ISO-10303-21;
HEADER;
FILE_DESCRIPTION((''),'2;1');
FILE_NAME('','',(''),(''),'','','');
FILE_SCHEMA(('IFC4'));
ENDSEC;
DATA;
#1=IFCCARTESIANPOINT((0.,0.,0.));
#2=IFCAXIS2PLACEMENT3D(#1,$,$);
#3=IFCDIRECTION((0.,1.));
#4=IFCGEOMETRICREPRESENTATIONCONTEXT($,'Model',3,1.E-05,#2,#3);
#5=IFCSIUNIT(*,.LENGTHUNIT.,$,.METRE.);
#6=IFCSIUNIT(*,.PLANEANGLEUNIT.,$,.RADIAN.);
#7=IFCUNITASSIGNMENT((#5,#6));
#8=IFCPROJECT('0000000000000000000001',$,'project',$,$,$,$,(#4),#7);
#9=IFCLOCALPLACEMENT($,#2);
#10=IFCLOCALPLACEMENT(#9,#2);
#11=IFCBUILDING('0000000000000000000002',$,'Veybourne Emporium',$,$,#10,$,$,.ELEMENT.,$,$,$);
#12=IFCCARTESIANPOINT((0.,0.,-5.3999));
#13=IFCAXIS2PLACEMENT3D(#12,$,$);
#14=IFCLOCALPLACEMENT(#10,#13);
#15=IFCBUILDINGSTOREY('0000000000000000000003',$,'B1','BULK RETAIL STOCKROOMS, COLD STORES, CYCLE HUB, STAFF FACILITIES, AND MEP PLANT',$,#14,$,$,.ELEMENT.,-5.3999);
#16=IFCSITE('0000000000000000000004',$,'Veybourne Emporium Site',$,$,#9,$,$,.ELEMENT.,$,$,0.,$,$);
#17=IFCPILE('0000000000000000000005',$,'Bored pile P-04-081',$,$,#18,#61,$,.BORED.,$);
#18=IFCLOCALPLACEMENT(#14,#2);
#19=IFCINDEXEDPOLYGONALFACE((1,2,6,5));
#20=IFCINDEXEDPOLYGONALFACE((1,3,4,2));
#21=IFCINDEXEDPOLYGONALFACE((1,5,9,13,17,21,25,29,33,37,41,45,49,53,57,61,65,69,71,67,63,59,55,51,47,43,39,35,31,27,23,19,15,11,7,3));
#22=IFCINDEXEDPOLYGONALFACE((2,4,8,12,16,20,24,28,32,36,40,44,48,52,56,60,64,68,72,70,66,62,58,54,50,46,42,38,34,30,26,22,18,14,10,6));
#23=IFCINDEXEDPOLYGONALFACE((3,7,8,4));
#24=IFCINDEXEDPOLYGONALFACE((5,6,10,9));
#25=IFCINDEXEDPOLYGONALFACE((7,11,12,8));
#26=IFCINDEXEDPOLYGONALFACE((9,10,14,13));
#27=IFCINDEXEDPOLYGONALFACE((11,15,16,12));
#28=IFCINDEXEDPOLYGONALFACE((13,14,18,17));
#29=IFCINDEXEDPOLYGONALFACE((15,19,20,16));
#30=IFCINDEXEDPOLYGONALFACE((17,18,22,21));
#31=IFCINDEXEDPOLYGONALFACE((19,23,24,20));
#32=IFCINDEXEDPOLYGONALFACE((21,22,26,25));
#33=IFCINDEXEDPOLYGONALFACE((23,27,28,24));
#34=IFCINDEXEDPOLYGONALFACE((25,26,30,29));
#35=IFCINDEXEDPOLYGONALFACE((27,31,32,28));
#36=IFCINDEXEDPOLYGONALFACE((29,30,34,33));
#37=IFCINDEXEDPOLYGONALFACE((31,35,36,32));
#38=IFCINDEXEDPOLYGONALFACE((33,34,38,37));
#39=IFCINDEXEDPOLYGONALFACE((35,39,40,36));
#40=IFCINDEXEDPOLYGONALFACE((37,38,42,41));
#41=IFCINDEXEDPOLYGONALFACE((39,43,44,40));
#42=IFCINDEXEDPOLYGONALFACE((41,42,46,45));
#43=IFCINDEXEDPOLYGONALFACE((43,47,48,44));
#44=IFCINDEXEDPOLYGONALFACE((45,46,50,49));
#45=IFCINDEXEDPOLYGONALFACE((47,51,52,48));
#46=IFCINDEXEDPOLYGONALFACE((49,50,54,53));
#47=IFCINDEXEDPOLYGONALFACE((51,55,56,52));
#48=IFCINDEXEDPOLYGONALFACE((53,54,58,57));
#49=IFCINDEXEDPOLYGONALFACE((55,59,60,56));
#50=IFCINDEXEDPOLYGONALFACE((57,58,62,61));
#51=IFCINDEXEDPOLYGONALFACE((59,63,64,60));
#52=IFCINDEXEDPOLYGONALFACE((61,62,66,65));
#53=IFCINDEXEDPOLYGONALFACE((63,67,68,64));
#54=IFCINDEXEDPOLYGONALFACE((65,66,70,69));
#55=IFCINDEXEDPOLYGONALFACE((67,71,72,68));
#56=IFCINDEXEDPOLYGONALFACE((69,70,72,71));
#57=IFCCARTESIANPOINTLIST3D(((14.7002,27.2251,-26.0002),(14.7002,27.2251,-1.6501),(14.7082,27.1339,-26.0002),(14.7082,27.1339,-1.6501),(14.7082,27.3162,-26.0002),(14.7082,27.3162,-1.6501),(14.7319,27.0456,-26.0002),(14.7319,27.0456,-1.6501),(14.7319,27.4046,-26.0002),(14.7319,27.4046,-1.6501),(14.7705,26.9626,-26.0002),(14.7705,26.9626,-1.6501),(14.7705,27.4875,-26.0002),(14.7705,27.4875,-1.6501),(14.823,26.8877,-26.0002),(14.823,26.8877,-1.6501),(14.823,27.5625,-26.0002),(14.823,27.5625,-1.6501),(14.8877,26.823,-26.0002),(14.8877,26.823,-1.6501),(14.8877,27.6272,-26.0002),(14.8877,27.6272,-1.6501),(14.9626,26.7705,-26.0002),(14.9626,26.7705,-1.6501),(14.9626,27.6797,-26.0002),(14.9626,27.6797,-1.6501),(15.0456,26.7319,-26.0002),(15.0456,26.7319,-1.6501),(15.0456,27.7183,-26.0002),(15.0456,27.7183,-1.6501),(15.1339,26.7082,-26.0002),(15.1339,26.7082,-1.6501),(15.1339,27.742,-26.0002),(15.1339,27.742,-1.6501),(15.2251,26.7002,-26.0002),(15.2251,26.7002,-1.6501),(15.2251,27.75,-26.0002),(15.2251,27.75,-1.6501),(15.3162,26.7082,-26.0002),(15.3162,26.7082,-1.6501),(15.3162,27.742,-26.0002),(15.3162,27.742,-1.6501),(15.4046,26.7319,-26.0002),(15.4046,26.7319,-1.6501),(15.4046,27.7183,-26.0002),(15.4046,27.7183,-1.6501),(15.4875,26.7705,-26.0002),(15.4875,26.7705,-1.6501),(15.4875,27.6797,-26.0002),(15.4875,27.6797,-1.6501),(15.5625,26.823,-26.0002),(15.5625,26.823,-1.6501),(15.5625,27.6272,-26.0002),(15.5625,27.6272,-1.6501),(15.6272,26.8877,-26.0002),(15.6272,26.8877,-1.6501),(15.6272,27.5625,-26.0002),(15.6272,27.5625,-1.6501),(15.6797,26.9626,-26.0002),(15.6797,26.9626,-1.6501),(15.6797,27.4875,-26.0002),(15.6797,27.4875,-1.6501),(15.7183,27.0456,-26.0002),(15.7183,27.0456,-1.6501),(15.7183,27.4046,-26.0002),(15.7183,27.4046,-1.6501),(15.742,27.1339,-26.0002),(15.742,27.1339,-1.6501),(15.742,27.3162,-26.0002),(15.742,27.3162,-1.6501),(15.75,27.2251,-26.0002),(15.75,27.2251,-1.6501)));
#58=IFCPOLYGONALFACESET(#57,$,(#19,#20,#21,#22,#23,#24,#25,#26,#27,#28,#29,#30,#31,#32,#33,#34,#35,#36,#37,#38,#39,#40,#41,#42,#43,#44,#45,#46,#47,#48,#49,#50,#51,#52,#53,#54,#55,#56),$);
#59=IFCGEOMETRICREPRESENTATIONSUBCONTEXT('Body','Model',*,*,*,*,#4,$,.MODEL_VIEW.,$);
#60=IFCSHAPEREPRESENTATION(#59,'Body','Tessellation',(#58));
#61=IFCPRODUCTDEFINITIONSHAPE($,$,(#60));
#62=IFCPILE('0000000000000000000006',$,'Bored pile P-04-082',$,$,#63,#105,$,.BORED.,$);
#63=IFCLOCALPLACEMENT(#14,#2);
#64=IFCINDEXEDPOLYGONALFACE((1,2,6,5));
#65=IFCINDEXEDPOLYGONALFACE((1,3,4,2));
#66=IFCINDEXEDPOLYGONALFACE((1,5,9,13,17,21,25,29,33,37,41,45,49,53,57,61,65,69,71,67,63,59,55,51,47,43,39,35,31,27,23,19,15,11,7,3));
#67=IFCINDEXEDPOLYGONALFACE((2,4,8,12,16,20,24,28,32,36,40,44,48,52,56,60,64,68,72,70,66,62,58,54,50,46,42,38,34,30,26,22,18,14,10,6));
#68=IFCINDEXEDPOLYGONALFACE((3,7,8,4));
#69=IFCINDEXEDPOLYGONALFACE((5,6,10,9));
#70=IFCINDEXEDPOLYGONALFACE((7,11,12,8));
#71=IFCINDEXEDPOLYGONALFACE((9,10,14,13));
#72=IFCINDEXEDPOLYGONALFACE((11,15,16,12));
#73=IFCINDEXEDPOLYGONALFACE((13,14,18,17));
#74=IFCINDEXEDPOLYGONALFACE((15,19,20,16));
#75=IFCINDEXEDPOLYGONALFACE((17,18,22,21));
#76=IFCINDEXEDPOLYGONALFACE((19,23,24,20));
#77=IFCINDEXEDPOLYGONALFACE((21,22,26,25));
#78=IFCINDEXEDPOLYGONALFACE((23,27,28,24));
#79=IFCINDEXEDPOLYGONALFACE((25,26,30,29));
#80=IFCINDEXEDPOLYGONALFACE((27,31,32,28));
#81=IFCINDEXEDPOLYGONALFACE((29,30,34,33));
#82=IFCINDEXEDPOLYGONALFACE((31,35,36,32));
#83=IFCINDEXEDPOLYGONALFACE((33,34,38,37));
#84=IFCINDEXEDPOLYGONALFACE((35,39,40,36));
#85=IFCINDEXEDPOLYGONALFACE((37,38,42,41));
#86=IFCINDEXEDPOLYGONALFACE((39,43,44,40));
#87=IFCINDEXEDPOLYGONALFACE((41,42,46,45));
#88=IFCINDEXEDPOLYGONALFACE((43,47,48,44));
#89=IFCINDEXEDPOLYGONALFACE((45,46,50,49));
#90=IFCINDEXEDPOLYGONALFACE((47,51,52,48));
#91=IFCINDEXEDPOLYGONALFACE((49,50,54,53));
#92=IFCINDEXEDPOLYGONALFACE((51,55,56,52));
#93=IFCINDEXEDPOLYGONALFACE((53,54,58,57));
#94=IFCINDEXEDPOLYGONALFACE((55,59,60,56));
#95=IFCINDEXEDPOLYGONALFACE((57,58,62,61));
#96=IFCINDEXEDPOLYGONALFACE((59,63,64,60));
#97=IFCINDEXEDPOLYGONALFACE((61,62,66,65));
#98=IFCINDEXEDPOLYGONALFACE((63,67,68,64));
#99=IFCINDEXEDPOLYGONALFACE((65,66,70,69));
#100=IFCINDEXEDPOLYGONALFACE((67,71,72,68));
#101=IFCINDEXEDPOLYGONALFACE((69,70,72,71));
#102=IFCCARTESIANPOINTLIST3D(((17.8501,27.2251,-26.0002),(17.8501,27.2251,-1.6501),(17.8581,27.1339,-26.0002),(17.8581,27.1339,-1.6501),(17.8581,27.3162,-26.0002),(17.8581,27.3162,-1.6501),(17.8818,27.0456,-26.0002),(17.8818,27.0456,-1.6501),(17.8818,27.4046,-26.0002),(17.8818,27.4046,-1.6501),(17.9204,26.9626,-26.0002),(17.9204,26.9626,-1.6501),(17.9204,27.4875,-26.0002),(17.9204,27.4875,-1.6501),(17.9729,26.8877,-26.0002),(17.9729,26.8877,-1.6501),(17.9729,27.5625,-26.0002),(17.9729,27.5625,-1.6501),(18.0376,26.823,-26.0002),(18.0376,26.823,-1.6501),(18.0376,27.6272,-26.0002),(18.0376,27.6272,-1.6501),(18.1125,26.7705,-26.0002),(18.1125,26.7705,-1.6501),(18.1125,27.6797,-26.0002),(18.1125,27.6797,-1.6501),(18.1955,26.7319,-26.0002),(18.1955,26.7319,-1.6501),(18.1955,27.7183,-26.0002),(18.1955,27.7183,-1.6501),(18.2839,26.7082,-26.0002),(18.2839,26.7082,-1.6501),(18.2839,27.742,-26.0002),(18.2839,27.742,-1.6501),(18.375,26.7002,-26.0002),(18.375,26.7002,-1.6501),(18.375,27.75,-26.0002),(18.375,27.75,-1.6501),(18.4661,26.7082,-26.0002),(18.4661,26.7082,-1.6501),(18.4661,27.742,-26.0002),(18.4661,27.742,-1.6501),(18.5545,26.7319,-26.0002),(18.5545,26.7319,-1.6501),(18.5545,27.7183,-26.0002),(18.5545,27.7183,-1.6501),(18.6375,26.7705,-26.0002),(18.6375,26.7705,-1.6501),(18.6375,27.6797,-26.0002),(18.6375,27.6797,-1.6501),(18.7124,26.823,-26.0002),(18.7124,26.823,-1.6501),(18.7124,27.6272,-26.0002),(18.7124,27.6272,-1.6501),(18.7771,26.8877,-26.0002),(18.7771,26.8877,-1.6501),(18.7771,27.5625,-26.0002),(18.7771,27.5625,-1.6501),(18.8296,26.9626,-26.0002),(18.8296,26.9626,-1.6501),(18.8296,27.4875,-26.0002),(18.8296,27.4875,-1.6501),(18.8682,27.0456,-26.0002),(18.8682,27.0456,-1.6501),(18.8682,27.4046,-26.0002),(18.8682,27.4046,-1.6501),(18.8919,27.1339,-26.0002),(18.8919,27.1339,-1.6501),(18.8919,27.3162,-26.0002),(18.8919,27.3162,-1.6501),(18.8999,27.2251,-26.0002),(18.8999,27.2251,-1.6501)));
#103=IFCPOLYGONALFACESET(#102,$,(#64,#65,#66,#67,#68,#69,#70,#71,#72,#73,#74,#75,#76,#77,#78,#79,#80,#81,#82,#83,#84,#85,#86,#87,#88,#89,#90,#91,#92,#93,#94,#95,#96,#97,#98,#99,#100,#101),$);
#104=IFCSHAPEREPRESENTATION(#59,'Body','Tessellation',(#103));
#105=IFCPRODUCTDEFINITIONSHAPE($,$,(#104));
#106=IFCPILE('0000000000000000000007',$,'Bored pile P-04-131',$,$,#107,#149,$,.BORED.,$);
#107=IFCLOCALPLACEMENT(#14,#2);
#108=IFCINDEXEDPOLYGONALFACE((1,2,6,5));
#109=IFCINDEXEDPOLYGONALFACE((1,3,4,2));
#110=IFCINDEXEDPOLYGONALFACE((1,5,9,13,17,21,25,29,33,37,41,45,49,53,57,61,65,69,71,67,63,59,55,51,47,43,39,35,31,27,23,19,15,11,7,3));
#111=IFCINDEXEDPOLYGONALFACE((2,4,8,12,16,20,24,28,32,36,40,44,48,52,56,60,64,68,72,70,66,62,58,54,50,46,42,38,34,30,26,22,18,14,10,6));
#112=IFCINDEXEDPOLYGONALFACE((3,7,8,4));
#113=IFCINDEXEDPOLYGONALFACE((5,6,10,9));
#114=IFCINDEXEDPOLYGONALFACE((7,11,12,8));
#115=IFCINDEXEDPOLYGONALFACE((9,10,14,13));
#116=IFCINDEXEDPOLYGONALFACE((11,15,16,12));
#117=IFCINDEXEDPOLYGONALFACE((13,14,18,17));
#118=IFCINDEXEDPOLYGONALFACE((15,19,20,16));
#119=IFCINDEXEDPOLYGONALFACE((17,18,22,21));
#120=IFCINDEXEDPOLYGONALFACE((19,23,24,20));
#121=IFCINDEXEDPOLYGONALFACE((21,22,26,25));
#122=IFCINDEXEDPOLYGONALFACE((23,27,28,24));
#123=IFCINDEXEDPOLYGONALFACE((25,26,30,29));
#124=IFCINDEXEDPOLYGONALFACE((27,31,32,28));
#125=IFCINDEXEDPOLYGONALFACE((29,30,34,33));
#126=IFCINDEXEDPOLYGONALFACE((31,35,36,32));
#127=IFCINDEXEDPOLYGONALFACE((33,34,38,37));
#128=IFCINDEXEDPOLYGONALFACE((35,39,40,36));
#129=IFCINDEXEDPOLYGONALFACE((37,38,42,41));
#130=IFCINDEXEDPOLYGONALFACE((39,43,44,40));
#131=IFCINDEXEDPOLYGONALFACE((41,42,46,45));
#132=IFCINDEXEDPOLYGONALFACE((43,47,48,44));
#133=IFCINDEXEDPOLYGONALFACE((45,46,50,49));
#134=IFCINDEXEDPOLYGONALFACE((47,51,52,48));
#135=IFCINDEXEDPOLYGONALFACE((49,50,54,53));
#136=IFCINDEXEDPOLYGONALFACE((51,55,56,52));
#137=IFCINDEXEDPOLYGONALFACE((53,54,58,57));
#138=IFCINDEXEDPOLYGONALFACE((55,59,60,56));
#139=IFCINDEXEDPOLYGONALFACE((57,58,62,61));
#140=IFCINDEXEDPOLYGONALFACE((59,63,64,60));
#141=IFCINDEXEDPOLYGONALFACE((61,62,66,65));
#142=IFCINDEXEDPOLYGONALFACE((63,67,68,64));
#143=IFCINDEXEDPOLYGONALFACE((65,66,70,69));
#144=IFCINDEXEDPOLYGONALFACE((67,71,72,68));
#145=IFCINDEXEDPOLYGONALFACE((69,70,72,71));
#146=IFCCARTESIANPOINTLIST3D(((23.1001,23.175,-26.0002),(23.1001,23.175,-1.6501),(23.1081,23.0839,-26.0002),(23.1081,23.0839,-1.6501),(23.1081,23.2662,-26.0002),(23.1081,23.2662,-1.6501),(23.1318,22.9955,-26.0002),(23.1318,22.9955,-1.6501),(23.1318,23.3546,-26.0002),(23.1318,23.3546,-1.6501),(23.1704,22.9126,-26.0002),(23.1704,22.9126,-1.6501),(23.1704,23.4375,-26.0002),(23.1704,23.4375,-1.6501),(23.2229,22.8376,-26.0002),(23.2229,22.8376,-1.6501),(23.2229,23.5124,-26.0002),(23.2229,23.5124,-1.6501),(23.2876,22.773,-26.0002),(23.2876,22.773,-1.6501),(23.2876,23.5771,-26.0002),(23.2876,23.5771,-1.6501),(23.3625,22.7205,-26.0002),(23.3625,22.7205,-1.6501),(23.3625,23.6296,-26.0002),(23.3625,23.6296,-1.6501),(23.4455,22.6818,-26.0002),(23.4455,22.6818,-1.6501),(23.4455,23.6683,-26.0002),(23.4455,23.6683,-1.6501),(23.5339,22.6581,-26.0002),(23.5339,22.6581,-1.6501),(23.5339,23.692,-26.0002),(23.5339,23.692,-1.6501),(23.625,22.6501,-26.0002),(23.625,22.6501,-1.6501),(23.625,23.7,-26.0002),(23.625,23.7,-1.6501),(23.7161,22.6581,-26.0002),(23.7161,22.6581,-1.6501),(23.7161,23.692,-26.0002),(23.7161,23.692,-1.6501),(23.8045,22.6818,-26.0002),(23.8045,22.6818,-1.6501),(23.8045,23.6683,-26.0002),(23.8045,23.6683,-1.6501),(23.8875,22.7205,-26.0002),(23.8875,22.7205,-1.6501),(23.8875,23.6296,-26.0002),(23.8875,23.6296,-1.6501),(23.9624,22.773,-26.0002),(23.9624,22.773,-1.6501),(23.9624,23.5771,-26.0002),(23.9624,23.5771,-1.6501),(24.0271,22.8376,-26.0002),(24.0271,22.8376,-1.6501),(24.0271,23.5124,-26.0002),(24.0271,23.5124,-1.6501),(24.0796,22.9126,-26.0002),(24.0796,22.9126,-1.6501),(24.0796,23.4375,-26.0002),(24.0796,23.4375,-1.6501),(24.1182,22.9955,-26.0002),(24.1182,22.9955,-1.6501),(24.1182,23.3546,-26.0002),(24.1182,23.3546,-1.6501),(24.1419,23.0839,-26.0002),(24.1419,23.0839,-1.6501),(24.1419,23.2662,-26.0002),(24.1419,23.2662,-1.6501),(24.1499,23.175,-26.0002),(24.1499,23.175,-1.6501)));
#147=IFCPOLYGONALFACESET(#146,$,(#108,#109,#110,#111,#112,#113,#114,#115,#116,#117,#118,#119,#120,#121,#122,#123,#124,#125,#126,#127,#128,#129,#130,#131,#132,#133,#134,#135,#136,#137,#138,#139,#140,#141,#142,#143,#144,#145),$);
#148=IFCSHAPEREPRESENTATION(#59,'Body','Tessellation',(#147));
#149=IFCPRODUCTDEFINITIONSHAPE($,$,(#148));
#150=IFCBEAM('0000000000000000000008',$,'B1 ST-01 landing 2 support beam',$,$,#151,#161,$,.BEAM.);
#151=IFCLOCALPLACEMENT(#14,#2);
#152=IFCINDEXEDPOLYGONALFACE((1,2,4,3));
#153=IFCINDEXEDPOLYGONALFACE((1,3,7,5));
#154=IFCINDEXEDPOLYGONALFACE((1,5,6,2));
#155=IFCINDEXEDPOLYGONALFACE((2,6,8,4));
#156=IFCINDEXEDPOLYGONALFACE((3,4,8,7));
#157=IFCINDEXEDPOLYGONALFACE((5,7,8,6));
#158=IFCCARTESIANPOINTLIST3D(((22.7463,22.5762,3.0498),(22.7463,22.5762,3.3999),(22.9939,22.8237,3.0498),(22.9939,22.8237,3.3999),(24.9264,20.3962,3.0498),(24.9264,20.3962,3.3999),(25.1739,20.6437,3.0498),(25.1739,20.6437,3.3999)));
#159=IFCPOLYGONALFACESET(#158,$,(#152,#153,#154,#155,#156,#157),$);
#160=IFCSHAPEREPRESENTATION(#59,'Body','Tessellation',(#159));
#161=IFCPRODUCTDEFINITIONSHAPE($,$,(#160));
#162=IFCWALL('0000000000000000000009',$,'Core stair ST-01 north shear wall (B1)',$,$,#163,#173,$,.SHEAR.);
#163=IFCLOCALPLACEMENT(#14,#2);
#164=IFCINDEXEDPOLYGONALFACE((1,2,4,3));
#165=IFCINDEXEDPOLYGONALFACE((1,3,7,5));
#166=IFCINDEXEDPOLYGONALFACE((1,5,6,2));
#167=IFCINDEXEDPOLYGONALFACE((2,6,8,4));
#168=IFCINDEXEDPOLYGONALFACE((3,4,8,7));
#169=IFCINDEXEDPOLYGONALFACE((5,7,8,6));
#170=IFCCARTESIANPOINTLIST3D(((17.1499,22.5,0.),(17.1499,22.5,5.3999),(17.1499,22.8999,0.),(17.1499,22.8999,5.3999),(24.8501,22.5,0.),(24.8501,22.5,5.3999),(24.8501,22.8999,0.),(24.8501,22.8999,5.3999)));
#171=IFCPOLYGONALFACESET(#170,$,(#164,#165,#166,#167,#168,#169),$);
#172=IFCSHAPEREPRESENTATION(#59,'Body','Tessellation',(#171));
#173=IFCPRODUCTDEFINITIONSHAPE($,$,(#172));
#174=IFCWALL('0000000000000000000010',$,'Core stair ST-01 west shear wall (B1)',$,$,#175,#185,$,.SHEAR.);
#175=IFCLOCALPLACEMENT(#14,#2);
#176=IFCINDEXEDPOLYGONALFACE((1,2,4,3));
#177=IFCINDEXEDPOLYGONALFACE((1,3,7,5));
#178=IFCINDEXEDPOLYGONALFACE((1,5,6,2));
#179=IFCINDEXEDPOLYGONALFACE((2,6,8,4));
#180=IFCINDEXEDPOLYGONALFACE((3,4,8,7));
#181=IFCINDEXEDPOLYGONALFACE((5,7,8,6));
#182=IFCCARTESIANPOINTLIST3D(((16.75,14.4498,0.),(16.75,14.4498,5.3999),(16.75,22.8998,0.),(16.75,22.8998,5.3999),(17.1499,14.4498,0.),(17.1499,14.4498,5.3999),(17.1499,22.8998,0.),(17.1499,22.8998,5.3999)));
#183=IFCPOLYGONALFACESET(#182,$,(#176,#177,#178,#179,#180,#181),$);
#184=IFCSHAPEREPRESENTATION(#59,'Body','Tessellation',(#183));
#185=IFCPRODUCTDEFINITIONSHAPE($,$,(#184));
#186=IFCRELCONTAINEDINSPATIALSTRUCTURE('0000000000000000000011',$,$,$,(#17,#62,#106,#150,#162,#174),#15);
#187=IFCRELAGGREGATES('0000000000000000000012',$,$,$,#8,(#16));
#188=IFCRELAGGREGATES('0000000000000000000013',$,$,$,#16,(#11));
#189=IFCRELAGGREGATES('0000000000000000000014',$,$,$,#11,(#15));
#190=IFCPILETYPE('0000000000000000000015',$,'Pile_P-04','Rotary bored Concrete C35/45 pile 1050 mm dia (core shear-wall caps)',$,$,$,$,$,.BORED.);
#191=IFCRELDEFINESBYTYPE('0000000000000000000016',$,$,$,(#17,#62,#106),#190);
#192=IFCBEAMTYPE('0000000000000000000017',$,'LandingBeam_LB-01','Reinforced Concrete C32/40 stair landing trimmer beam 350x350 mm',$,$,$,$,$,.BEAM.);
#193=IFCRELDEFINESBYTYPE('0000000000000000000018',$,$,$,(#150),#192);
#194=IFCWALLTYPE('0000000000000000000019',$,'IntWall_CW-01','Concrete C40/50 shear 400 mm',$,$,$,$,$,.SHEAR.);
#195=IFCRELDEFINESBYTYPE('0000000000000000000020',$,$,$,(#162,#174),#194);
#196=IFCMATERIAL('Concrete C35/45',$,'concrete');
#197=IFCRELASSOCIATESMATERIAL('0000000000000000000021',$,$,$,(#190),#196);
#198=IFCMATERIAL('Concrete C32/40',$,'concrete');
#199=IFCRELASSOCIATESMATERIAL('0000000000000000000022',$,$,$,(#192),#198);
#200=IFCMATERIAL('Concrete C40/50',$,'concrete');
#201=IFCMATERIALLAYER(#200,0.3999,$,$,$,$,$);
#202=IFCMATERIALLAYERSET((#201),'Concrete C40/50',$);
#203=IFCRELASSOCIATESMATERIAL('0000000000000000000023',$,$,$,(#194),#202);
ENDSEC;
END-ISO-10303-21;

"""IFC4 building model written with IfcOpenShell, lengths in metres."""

from ifc_helpers import new_model, si_unit, direction, frame, frame_2d, origin, origin_2d, place, context, subcontext, project, spatial, rectangle, circle, extrude, material, layer, layer_set, material_profile, profile_set, type_object, element, save


model = new_model("IFC4")

# Units and contexts
model_context = context("Model", 3, precision=1e-05, world=origin(), true_north=direction((0.0, 1.0)))
body_context = subcontext(model_context, "Body", "Model", "MODEL_VIEW")
ifc_project = project(units=[si_unit("LENGTHUNIT", "METRE"), si_unit("PLANEANGLEUNIT", "RADIAN")], contexts=[model_context])

# Site, building, storey
site_placement = place(None, origin())
site = spatial("IfcSite", under=ifc_project, at=site_placement, Name="Veybourne Emporium Site", CompositionType="ELEMENT", RefElevation=0.0)
building_placement = place(site_placement, origin())
building = spatial("IfcBuilding", under=site, at=building_placement, Name="Veybourne Emporium", CompositionType="ELEMENT")
storey_placement = place(building_placement, frame((0.0, 0.0, -5.3999)))
storey = spatial("IfcBuildingStorey", under=building, at=storey_placement, Name="B1", Description="BULK RETAIL STOCKROOMS, COLD STORES, CYCLE HUB, STAFF FACILITIES, AND MEP PLANT", CompositionType="ELEMENT", Elevation=-5.3999)

# Shared definitions
ifc_material_1 = material(Name="Concrete C35/45", Category="concrete")

# Piles
ifc_material_profile_1 = material_profile(ifc_material_1, circle(Radius=0.5249, at=origin_2d()), Name="BORED PILE 1050")
ifc_profile_set_1 = profile_set([ifc_material_profile_1], Name="Concrete C35/45")
pile_type_1 = type_object("IfcPileType", Name="Pile_P-04", Description="Rotary bored Concrete C35/45 pile 1050 mm dia (core shear-wall caps)", PredefinedType="BORED", material=ifc_profile_set_1)
for number, where, z_axis, x_axis, name in (
    (1, (15.2251, 27.2251, -1.6501), (0.0, 0.0, -1.0), (1.0, 0.0, 0.0), "Bored pile P-04-081"),
    (2, (18.375, 27.2251, -1.6501), (0.0, 0.0, -1.0), (1.0, 0.0, 0.0), "Bored pile P-04-082"),
    (3, (23.625, 23.175, -1.6501), (0.0, 0.0, -1.0), (1.0, 0.0, 0.0), "Bored pile P-04-131"),
):
    element("IfcPile", number, at=place(storey_placement, frame(where, z_axis=z_axis, x_axis=x_axis)), inside=storey, type_object=pile_type_1, Name=name, PredefinedType="BORED", context=body_context, shape_type="SweptSolid", body=[
        extrude(circle(Radius=0.5249, at=origin_2d()), origin(), (0.0, 0.0, 1.0), 24.3501),
    ])

# Beam
ifc_material_2 = material(Name="Concrete C32/40", Category="concrete")
ifc_material_profile_2 = material_profile(ifc_material_2, rectangle(XDim=0.3501, YDim=0.3501, at=origin_2d()), Name="RC 350x350")
ifc_profile_set_2 = profile_set([ifc_material_profile_2], Name="Concrete C32/40")
beam_type = type_object("IfcBeamType", Name="LandingBeam_LB-01", Description="Reinforced Concrete C32/40 stair landing trimmer beam 350x350 mm", PredefinedType="BEAM", material=ifc_profile_set_2)
beam_placement = place(storey_placement, frame((22.8701, 22.7, 3.2249), z_axis=(0.707107, -0.707107, 0.0), x_axis=(0.707107, 0.707107, 0.0)))
element("IfcBeam", 4, at=beam_placement, inside=storey, type_object=beam_type, Name="B1 ST-01 landing 2 support beam", PredefinedType="BEAM", context=body_context, shape_type="SweptSolid", body=[
    extrude(rectangle(XDim=0.3501, YDim=0.3501, at=origin_2d()), origin(), (0.0, 0.0, 1.0), 3.083),
])

# Walls
ifc_material_3 = material(Name="Concrete C40/50", Category="concrete")
ifc_layer_1 = layer(ifc_material_3, 0.3999)
ifc_layer_set_1 = layer_set([ifc_layer_1], Name="Concrete C40/50")
wall_type_1 = type_object("IfcWallType", Name="IntWall_CW-01", Description="Concrete C40/50 shear 400 mm", PredefinedType="SHEAR", material=ifc_layer_set_1)
wall_1_placement = place(storey_placement, frame((17.1499, 22.7, 0.0), z_axis=(0.0, 0.0, 1.0), x_axis=(1.0, 0.0, 0.0)))
element("IfcWall", 5, at=wall_1_placement, inside=storey, type_object=wall_type_1, Name="Core stair ST-01 north shear wall (B1)", PredefinedType="SHEAR", context=body_context, shape_type="SweptSolid", body=[
    extrude(rectangle(XDim=7.7002, YDim=0.3999, at=frame_2d((3.8501, 0.0))), origin(), (0.0, 0.0, 1.0), 5.3999),
])
wall_2_placement = place(storey_placement, frame((16.95, 22.8999, 0.0), z_axis=(0.0, 0.0, 1.0), x_axis=(0.0, -1.0, 0.0)))
element("IfcWall", 6, at=wall_2_placement, inside=storey, type_object=wall_type_1, Name="Core stair ST-01 west shear wall (B1)", PredefinedType="SHEAR", context=body_context, shape_type="SweptSolid", body=[
    extrude(rectangle(XDim=8.45, YDim=0.3999, at=frame_2d((4.2251, 0.0))), origin(), (0.0, 0.0, 1.0), 5.3999),
])

save(model, "model.ifc")
